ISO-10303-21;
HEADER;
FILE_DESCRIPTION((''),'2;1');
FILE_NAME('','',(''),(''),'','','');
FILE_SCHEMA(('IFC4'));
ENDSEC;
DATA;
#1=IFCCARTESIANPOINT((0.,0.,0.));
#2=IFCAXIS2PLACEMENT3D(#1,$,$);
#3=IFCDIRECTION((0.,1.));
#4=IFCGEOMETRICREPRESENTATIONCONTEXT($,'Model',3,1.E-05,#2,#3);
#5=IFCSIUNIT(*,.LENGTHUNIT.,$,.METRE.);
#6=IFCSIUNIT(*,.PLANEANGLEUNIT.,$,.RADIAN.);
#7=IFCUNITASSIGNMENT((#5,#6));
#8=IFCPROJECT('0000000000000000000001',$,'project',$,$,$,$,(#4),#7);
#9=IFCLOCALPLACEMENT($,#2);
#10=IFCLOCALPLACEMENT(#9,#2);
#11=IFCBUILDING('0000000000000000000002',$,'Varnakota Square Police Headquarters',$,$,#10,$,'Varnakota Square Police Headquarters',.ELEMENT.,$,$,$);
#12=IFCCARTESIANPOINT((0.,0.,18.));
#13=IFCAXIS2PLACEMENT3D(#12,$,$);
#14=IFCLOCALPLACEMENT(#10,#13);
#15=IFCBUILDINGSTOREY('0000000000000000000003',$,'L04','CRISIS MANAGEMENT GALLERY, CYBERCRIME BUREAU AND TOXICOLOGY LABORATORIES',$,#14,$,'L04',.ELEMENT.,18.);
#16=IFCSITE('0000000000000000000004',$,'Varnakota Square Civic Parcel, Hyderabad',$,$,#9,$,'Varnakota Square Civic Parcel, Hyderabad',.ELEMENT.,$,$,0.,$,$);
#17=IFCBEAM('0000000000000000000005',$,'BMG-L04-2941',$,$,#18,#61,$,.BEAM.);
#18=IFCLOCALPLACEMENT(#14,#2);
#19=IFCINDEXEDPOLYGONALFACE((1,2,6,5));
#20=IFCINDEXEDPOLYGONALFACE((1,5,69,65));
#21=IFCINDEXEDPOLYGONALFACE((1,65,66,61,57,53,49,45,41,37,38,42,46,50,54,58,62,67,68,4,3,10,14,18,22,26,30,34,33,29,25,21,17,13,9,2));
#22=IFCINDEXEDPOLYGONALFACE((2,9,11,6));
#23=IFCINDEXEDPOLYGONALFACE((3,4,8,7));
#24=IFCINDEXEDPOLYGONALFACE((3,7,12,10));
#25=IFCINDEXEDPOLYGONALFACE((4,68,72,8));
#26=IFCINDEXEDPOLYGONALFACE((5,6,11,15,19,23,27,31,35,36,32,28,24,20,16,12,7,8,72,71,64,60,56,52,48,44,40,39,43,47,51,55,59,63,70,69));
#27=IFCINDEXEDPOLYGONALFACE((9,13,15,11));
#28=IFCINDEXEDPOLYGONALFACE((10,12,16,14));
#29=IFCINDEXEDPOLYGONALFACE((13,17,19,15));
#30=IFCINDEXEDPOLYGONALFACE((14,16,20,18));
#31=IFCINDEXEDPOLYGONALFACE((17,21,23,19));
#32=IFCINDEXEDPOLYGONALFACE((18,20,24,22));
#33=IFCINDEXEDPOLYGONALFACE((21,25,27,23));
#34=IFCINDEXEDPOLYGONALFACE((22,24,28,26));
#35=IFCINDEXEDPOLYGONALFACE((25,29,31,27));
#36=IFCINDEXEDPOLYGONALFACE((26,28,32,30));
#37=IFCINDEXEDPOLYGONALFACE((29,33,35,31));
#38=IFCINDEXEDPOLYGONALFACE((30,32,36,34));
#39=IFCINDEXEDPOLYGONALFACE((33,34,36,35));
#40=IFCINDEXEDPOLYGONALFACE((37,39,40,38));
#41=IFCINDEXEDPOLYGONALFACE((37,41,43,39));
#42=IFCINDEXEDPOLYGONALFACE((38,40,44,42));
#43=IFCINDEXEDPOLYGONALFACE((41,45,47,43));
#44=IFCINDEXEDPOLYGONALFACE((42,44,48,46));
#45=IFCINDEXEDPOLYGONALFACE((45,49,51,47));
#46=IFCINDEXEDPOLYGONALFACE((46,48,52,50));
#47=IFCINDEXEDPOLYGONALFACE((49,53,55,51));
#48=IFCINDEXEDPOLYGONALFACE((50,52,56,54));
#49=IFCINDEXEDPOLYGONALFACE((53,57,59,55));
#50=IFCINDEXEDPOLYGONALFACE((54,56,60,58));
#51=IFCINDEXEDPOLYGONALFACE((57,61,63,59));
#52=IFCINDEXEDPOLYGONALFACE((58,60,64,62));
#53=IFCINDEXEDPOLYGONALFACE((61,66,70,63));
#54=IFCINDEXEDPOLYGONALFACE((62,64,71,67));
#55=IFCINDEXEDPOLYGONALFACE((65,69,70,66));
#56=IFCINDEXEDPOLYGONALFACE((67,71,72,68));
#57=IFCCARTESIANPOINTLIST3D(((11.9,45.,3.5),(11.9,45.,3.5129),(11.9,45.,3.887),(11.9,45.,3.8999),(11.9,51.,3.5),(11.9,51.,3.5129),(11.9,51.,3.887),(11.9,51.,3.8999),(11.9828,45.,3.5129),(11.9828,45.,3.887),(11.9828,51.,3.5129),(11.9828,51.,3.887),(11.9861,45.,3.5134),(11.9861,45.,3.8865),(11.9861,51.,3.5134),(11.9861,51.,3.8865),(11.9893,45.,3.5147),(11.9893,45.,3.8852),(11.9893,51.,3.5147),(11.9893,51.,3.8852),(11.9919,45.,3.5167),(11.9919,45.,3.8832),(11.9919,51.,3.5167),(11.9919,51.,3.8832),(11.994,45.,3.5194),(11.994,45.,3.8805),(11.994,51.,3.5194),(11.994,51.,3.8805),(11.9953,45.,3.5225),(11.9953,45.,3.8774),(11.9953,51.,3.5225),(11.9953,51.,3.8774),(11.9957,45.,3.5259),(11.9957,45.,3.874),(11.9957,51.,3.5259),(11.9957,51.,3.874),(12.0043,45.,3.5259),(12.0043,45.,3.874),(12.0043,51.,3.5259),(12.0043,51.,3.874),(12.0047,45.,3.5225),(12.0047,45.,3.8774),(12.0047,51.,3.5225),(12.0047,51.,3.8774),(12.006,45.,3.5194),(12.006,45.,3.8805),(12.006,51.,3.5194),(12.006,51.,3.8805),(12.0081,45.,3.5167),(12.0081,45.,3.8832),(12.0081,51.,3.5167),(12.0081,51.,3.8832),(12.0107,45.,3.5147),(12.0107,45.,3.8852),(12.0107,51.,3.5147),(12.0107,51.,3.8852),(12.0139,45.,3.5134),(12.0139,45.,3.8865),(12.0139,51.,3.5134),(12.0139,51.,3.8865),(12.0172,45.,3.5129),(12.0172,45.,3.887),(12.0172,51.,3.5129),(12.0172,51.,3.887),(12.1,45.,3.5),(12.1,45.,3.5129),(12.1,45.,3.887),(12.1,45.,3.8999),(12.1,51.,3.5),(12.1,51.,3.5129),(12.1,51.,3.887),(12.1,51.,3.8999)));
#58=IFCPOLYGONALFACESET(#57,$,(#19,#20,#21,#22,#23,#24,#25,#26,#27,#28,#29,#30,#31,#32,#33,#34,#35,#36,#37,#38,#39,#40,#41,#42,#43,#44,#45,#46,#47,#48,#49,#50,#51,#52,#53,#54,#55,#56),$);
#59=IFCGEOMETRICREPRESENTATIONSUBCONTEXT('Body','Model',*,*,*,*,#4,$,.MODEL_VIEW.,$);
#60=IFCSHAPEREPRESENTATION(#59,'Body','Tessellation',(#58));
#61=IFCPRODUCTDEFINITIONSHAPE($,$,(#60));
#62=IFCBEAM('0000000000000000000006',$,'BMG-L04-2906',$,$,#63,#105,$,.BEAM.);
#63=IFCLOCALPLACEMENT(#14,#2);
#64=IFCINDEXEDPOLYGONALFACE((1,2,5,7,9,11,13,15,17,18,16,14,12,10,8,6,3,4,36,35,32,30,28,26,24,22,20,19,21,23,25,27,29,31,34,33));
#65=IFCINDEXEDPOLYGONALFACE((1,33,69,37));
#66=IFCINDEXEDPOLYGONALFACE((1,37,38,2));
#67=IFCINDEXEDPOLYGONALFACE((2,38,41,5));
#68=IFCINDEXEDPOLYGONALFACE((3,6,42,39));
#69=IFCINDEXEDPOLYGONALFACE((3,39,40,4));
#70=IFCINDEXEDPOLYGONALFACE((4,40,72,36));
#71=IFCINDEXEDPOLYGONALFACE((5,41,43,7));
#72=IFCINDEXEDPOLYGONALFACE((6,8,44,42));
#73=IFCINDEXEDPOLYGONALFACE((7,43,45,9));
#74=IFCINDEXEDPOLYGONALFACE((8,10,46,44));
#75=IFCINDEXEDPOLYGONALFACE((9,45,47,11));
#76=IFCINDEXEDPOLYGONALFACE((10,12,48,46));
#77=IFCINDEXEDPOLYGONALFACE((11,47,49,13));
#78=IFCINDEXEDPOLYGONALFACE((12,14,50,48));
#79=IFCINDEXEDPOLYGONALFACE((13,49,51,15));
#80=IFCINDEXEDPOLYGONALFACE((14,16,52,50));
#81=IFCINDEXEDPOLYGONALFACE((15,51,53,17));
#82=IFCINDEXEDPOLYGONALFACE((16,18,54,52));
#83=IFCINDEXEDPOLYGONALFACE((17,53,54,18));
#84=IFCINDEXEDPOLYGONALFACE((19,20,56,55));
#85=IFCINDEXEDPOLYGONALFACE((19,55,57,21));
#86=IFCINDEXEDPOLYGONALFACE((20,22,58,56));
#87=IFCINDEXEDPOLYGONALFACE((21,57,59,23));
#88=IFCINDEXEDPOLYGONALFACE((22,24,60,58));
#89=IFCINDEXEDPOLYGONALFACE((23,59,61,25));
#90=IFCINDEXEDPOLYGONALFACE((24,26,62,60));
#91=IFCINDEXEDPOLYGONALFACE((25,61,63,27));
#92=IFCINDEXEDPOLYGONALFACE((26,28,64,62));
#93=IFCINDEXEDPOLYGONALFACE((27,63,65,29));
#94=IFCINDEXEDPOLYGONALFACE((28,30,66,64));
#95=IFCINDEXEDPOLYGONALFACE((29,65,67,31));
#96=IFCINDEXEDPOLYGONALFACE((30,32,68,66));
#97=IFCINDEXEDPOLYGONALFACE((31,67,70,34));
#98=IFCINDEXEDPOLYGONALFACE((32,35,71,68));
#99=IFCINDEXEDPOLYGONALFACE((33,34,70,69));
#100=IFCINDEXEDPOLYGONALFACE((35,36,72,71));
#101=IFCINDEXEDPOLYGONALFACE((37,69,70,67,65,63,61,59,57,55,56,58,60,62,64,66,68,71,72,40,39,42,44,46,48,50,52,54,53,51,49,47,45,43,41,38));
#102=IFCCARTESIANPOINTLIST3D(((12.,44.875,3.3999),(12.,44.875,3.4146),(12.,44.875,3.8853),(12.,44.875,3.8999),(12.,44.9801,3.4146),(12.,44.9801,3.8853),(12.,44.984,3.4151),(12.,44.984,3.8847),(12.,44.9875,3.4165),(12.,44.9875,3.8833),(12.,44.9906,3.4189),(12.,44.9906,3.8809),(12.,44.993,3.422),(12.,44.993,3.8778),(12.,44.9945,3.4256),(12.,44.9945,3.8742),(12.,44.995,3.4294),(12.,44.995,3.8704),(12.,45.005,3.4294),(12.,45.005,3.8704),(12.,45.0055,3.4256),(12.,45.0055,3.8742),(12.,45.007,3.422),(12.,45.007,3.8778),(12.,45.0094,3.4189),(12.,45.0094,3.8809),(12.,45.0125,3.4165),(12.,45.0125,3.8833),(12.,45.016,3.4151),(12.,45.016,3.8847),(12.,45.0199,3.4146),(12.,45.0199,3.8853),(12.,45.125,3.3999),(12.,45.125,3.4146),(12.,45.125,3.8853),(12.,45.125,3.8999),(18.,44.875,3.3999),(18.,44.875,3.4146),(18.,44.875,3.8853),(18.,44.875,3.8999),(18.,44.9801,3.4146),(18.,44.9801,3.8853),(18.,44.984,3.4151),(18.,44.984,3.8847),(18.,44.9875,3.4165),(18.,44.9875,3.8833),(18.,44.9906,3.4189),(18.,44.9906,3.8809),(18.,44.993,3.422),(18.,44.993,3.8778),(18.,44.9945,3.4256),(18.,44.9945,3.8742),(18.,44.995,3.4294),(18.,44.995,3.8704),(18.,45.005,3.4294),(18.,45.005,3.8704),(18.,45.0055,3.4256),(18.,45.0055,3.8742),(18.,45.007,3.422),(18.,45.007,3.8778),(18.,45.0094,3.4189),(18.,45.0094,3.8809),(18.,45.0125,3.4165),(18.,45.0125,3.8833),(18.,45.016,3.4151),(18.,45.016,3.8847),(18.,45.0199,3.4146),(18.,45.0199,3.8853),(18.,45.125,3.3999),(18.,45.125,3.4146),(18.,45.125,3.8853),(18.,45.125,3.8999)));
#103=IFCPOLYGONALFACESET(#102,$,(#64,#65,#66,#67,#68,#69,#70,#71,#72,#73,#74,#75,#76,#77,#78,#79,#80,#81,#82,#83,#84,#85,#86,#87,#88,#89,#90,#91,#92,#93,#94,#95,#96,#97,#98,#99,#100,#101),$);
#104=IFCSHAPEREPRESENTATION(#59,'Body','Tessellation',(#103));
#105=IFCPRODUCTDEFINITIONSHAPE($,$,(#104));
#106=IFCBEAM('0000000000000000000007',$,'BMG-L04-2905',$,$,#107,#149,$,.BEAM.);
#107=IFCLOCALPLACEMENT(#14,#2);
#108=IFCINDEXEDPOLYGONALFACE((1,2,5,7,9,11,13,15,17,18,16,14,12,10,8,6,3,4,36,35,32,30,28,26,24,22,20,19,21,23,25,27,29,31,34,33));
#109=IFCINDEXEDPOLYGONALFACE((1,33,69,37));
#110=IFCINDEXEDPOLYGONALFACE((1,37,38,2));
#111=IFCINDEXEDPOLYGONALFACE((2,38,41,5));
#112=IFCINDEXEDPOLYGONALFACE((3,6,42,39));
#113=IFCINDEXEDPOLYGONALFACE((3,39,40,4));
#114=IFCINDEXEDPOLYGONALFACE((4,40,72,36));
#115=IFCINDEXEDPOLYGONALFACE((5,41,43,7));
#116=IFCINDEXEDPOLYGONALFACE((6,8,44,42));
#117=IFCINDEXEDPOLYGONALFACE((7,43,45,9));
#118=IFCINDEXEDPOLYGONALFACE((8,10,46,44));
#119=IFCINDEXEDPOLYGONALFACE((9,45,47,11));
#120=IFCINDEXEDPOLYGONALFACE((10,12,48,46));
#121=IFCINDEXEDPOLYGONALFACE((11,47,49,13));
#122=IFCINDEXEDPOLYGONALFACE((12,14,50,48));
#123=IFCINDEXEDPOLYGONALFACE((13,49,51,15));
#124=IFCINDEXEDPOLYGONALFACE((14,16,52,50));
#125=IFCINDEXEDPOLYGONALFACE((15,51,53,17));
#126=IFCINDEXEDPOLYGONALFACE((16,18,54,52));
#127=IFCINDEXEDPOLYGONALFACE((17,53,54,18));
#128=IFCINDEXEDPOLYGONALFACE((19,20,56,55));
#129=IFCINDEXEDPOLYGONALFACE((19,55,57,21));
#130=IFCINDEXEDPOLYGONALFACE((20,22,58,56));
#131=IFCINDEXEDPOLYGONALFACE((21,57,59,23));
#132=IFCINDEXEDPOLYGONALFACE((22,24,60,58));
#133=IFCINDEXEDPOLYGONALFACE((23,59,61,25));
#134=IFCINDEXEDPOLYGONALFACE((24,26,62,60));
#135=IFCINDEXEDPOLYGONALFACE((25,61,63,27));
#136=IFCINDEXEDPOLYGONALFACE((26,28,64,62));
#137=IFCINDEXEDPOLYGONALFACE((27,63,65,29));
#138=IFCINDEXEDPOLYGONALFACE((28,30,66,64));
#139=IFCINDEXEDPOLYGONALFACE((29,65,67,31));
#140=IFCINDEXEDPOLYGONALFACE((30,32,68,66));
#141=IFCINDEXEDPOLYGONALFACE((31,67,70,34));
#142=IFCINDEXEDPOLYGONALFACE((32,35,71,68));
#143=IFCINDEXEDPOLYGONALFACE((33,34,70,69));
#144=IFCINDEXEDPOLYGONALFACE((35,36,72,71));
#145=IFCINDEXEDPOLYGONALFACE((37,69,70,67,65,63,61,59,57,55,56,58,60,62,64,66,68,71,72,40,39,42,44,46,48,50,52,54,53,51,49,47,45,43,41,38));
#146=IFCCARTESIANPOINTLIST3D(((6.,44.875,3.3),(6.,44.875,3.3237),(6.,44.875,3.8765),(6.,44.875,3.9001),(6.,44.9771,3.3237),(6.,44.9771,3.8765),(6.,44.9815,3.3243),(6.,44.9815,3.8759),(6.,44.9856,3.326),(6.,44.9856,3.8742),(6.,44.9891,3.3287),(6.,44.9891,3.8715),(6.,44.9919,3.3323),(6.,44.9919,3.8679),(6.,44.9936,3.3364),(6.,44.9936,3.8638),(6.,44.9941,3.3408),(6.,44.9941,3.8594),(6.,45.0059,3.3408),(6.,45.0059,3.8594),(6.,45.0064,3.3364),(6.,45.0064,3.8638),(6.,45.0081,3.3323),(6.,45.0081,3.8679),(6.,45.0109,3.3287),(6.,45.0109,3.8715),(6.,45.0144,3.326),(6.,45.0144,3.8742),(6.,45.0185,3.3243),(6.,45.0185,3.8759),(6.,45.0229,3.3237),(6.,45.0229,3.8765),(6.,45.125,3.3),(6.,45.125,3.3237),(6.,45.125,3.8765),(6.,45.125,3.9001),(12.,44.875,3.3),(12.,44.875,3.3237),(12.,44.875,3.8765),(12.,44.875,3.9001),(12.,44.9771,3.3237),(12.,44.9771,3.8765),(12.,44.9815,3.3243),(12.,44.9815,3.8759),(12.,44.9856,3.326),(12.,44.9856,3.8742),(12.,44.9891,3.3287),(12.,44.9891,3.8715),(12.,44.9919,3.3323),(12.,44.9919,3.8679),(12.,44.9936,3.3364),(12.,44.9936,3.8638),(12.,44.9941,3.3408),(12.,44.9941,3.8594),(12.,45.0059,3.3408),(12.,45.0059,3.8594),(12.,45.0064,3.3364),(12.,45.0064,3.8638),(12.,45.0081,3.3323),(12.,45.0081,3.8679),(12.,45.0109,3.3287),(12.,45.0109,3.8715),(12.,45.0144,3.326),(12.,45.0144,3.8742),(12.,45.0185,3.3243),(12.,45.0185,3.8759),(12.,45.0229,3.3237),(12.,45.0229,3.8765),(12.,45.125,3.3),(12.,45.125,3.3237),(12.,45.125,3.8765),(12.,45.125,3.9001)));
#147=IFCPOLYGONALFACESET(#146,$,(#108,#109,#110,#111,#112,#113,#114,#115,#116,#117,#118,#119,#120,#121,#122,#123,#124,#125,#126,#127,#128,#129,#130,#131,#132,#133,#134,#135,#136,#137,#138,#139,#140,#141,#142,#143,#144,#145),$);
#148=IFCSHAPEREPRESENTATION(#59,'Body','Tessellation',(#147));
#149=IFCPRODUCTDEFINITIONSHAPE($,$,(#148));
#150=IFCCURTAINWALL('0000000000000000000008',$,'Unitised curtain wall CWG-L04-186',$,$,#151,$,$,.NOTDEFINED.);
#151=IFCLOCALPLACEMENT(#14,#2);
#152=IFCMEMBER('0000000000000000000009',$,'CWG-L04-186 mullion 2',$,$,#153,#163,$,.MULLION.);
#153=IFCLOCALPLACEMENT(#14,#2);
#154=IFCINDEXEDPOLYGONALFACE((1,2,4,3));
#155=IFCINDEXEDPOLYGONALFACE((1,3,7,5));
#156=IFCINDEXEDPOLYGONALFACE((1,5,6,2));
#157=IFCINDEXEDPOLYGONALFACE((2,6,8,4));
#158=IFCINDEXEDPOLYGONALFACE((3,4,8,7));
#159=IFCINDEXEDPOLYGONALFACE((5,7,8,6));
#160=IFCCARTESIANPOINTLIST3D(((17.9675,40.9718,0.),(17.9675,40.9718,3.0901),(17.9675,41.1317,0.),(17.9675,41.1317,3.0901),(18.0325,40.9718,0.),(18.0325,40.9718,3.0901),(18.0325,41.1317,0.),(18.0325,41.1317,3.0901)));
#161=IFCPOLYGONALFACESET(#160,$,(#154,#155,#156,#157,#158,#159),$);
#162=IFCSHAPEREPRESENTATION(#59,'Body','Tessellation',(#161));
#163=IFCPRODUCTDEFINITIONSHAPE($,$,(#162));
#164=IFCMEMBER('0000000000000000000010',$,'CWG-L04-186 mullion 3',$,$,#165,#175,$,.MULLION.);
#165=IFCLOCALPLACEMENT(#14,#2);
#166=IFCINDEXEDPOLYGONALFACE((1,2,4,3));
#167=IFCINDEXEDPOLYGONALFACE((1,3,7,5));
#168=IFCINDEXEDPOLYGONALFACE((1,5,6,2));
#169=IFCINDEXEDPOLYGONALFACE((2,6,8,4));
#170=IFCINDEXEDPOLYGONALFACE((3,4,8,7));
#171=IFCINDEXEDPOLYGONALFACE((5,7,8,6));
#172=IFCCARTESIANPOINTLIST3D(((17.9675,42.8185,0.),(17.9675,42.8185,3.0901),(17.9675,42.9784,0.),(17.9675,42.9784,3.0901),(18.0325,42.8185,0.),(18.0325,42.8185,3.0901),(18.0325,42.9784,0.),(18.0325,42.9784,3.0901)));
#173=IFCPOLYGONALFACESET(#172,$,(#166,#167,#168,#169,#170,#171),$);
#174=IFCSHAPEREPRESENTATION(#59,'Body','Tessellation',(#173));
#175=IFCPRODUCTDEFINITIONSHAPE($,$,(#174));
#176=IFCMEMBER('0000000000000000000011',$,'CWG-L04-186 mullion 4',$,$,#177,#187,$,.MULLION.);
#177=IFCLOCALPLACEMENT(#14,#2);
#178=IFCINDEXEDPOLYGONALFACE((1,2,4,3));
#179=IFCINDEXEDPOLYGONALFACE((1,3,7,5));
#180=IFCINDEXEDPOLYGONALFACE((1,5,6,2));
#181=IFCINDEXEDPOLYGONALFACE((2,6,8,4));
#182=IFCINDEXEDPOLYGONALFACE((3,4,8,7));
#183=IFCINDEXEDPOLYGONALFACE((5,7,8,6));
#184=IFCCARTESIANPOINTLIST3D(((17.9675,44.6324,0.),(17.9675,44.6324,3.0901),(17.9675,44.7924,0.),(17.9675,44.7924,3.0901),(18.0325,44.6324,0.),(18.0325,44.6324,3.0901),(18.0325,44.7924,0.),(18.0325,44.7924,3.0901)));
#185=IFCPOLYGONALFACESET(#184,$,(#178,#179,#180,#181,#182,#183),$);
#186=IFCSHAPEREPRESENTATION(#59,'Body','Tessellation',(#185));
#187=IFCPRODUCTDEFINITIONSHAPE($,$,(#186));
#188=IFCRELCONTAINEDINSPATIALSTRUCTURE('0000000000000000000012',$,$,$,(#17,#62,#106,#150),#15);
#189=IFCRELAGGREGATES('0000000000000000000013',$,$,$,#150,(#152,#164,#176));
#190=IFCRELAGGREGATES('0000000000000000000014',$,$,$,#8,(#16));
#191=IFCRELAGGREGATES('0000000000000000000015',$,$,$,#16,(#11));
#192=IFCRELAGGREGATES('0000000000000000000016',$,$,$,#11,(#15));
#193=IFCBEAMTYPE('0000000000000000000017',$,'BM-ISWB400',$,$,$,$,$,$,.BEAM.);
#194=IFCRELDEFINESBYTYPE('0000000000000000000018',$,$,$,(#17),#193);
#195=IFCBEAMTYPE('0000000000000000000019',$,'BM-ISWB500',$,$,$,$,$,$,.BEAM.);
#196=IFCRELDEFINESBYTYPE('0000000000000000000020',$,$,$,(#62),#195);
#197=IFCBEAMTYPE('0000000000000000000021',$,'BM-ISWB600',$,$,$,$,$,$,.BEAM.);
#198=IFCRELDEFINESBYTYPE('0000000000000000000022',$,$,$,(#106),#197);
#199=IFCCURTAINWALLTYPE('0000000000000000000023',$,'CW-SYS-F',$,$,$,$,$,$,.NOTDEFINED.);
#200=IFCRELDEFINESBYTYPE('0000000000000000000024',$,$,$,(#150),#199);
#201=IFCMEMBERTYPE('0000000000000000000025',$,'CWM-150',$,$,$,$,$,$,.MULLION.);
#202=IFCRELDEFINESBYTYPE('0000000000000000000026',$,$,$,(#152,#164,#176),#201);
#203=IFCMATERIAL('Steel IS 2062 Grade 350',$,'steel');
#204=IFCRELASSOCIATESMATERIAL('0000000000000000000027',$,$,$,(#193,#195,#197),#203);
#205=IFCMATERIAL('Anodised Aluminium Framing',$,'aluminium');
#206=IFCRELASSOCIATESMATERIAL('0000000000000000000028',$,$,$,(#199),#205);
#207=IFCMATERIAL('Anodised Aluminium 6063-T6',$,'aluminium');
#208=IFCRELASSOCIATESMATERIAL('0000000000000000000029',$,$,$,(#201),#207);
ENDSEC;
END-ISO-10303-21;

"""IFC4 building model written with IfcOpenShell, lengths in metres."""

from ifc_helpers import new_model, si_unit, direction, frame, origin, origin_2d, place, context, subcontext, project, spatial, rectangle, i_section, extrude, material, material_profile, profile_set, type_object, element, aggregate, save


model = new_model("IFC4")

# Units and contexts
model_context = context("Model", 3, precision=1e-05, world=origin(), true_north=direction((0.0, 1.0)))
body_context = subcontext(model_context, "Body", "Model", "MODEL_VIEW")
ifc_project = project(units=[si_unit("LENGTHUNIT", "METRE"), si_unit("PLANEANGLEUNIT", "RADIAN")], contexts=[model_context])

# Site, building, storey
site_placement = place(None, origin())
site = spatial("IfcSite", under=ifc_project, at=site_placement, Name="Varnakota Square Civic Parcel, Hyderabad", LongName="Varnakota Square Civic Parcel, Hyderabad", CompositionType="ELEMENT", RefElevation=0.0)
building_placement = place(site_placement, origin())
building = spatial("IfcBuilding", under=site, at=building_placement, Name="Varnakota Square Police Headquarters", LongName="Varnakota Square Police Headquarters", CompositionType="ELEMENT")
storey_placement = place(building_placement, frame((0.0, 0.0, 18.0)))
storey = spatial("IfcBuildingStorey", under=building, at=storey_placement, Name="L04", Description="CRISIS MANAGEMENT GALLERY, CYBERCRIME BUREAU AND TOXICOLOGY LABORATORIES", LongName="L04", CompositionType="ELEMENT", Elevation=18.0)

# Shared definitions
ifc_material_1 = material(Name="Steel IS 2062 Grade 350", Category="steel")

# Beams
ifc_material_profile_1 = material_profile(ifc_material_1, i_section(OverallWidth=0.2, OverallDepth=0.3999, WebThickness=0.0085, FlangeThickness=0.0129, FilletRadius=0.0129, at=origin_2d()), Name="ISWB 400")
ifc_profile_set_1 = profile_set([ifc_material_profile_1], Name="Steel IS 2062 Grade 350")
beam_type_1 = type_object("IfcBeamType", Name="BM-ISWB400", PredefinedType="BEAM", material=ifc_profile_set_1)
for number, where, z_axis, x_axis, name in (
    (1, (12.0, 45.0, 3.7), (0.0, 1.0, 0.0), (-1.0, 0.0, 0.0), "BMG-L04-2941"),
):
    element("IfcBeam", number, at=place(storey_placement, frame(where, z_axis=z_axis, x_axis=x_axis)), inside=storey, type_object=beam_type_1, Name=name, PredefinedType="BEAM", context=body_context, shape_type="SweptSolid", body=[
        extrude(i_section(OverallWidth=0.2, OverallDepth=0.3999, WebThickness=0.0085, FlangeThickness=0.0129, FilletRadius=0.0129, at=origin_2d()), origin(), (0.0, 0.0, 1.0), 6.0),
    ])
ifc_material_profile_2 = material_profile(ifc_material_1, i_section(OverallWidth=0.25, OverallDepth=0.5, WebThickness=0.01, FlangeThickness=0.0146, FilletRadius=0.0149, at=origin_2d()), Name="ISWB 500")
ifc_profile_set_2 = profile_set([ifc_material_profile_2], Name="Steel IS 2062 Grade 350")
beam_type_2 = type_object("IfcBeamType", Name="BM-ISWB500", PredefinedType="BEAM", material=ifc_profile_set_2)
beam_1_placement = place(storey_placement, frame((12.0, 45.0, 3.6499), z_axis=(1.0, 0.0, 0.0), x_axis=(0.0, 1.0, 0.0)))
element("IfcBeam", 2, at=beam_1_placement, inside=storey, type_object=beam_type_2, Name="BMG-L04-2906", PredefinedType="BEAM", context=body_context, shape_type="SweptSolid", body=[
    extrude(i_section(OverallWidth=0.25, OverallDepth=0.5, WebThickness=0.01, FlangeThickness=0.0146, FilletRadius=0.0149, at=origin_2d()), origin(), (0.0, 0.0, 1.0), 6.0),
])
ifc_material_profile_3 = material_profile(ifc_material_1, i_section(OverallWidth=0.25, OverallDepth=0.6001, WebThickness=0.0117, FlangeThickness=0.0237, FilletRadius=0.0171, at=origin_2d()), Name="ISWB 600")
ifc_profile_set_3 = profile_set([ifc_material_profile_3], Name="Steel IS 2062 Grade 350")
beam_type_3 = type_object("IfcBeamType", Name="BM-ISWB600", PredefinedType="BEAM", material=ifc_profile_set_3)
beam_2_placement = place(storey_placement, frame((6.0, 45.0, 3.6001), z_axis=(1.0, 0.0, 0.0), x_axis=(0.0, 1.0, 0.0)))
element("IfcBeam", 3, at=beam_2_placement, inside=storey, type_object=beam_type_3, Name="BMG-L04-2905", PredefinedType="BEAM", context=body_context, shape_type="SweptSolid", body=[
    extrude(i_section(OverallWidth=0.25, OverallDepth=0.6001, WebThickness=0.0117, FlangeThickness=0.0237, FilletRadius=0.0171, at=origin_2d()), origin(), (0.0, 0.0, 1.0), 6.0),
])

# Curtain wall, members
ifc_material_2 = material(Name="Anodised Aluminium Framing", Category="aluminium")
curtain_wall_type = type_object("IfcCurtainWallType", Name="CW-SYS-F", PredefinedType="NOTDEFINED", material=ifc_material_2)
curtain_wall_placement = place(storey_placement, origin())
curtain_wall = element("IfcCurtainWall", 4, at=curtain_wall_placement, inside=storey, type_object=curtain_wall_type, Name="Unitised curtain wall CWG-L04-186", PredefinedType="NOTDEFINED")
ifc_material_3 = material(Name="Anodised Aluminium 6063-T6", Category="aluminium")
ifc_material_profile_4 = material_profile(ifc_material_3, rectangle(XDim=0.0649, YDim=0.1599, at=origin_2d()), Name="ALU MULLION 65x160")
ifc_profile_set_4 = profile_set([ifc_material_profile_4], Name="Anodised Aluminium 6063-T6")
member_type_1 = type_object("IfcMemberType", Name="CWM-150", PredefinedType="MULLION", material=ifc_profile_set_4)
member_1_placement = place(storey_placement, frame((18.0, 41.0518, 0.0), z_axis=(0.0, 0.0, 1.0), x_axis=(-1.0, 0.0, 0.0)))
member_1 = element("IfcMember", 5, at=member_1_placement, type_object=member_type_1, Name="CWG-L04-186 mullion 2", PredefinedType="MULLION", context=body_context, shape_type="SweptSolid", body=[
    extrude(rectangle(XDim=0.0649, YDim=0.1599, at=origin_2d()), origin(), (0.0, 0.0, 1.0), 3.0901),
])
member_2_placement = place(storey_placement, frame((18.0, 42.8984, 0.0), z_axis=(0.0, 0.0, 1.0), x_axis=(-1.0, 0.0, 0.0)))
member_2 = element("IfcMember", 6, at=member_2_placement, type_object=member_type_1, Name="CWG-L04-186 mullion 3", PredefinedType="MULLION", context=body_context, shape_type="SweptSolid", body=[
    extrude(rectangle(XDim=0.0649, YDim=0.1599, at=origin_2d()), origin(), (0.0, 0.0, 1.0), 3.0901),
])
member_3_placement = place(storey_placement, frame((18.0, 44.7124, 0.0), z_axis=(0.0, 0.0, 1.0), x_axis=(-1.0, 0.0, 0.0)))
member_3 = element("IfcMember", 7, at=member_3_placement, type_object=member_type_1, Name="CWG-L04-186 mullion 4", PredefinedType="MULLION", context=body_context, shape_type="SweptSolid", body=[
    extrude(rectangle(XDim=0.0649, YDim=0.1599, at=origin_2d()), origin(), (0.0, 0.0, 1.0), 3.0901),
])
aggregate(curtain_wall, [member_1, member_2, member_3])

save(model, "model.ifc")
